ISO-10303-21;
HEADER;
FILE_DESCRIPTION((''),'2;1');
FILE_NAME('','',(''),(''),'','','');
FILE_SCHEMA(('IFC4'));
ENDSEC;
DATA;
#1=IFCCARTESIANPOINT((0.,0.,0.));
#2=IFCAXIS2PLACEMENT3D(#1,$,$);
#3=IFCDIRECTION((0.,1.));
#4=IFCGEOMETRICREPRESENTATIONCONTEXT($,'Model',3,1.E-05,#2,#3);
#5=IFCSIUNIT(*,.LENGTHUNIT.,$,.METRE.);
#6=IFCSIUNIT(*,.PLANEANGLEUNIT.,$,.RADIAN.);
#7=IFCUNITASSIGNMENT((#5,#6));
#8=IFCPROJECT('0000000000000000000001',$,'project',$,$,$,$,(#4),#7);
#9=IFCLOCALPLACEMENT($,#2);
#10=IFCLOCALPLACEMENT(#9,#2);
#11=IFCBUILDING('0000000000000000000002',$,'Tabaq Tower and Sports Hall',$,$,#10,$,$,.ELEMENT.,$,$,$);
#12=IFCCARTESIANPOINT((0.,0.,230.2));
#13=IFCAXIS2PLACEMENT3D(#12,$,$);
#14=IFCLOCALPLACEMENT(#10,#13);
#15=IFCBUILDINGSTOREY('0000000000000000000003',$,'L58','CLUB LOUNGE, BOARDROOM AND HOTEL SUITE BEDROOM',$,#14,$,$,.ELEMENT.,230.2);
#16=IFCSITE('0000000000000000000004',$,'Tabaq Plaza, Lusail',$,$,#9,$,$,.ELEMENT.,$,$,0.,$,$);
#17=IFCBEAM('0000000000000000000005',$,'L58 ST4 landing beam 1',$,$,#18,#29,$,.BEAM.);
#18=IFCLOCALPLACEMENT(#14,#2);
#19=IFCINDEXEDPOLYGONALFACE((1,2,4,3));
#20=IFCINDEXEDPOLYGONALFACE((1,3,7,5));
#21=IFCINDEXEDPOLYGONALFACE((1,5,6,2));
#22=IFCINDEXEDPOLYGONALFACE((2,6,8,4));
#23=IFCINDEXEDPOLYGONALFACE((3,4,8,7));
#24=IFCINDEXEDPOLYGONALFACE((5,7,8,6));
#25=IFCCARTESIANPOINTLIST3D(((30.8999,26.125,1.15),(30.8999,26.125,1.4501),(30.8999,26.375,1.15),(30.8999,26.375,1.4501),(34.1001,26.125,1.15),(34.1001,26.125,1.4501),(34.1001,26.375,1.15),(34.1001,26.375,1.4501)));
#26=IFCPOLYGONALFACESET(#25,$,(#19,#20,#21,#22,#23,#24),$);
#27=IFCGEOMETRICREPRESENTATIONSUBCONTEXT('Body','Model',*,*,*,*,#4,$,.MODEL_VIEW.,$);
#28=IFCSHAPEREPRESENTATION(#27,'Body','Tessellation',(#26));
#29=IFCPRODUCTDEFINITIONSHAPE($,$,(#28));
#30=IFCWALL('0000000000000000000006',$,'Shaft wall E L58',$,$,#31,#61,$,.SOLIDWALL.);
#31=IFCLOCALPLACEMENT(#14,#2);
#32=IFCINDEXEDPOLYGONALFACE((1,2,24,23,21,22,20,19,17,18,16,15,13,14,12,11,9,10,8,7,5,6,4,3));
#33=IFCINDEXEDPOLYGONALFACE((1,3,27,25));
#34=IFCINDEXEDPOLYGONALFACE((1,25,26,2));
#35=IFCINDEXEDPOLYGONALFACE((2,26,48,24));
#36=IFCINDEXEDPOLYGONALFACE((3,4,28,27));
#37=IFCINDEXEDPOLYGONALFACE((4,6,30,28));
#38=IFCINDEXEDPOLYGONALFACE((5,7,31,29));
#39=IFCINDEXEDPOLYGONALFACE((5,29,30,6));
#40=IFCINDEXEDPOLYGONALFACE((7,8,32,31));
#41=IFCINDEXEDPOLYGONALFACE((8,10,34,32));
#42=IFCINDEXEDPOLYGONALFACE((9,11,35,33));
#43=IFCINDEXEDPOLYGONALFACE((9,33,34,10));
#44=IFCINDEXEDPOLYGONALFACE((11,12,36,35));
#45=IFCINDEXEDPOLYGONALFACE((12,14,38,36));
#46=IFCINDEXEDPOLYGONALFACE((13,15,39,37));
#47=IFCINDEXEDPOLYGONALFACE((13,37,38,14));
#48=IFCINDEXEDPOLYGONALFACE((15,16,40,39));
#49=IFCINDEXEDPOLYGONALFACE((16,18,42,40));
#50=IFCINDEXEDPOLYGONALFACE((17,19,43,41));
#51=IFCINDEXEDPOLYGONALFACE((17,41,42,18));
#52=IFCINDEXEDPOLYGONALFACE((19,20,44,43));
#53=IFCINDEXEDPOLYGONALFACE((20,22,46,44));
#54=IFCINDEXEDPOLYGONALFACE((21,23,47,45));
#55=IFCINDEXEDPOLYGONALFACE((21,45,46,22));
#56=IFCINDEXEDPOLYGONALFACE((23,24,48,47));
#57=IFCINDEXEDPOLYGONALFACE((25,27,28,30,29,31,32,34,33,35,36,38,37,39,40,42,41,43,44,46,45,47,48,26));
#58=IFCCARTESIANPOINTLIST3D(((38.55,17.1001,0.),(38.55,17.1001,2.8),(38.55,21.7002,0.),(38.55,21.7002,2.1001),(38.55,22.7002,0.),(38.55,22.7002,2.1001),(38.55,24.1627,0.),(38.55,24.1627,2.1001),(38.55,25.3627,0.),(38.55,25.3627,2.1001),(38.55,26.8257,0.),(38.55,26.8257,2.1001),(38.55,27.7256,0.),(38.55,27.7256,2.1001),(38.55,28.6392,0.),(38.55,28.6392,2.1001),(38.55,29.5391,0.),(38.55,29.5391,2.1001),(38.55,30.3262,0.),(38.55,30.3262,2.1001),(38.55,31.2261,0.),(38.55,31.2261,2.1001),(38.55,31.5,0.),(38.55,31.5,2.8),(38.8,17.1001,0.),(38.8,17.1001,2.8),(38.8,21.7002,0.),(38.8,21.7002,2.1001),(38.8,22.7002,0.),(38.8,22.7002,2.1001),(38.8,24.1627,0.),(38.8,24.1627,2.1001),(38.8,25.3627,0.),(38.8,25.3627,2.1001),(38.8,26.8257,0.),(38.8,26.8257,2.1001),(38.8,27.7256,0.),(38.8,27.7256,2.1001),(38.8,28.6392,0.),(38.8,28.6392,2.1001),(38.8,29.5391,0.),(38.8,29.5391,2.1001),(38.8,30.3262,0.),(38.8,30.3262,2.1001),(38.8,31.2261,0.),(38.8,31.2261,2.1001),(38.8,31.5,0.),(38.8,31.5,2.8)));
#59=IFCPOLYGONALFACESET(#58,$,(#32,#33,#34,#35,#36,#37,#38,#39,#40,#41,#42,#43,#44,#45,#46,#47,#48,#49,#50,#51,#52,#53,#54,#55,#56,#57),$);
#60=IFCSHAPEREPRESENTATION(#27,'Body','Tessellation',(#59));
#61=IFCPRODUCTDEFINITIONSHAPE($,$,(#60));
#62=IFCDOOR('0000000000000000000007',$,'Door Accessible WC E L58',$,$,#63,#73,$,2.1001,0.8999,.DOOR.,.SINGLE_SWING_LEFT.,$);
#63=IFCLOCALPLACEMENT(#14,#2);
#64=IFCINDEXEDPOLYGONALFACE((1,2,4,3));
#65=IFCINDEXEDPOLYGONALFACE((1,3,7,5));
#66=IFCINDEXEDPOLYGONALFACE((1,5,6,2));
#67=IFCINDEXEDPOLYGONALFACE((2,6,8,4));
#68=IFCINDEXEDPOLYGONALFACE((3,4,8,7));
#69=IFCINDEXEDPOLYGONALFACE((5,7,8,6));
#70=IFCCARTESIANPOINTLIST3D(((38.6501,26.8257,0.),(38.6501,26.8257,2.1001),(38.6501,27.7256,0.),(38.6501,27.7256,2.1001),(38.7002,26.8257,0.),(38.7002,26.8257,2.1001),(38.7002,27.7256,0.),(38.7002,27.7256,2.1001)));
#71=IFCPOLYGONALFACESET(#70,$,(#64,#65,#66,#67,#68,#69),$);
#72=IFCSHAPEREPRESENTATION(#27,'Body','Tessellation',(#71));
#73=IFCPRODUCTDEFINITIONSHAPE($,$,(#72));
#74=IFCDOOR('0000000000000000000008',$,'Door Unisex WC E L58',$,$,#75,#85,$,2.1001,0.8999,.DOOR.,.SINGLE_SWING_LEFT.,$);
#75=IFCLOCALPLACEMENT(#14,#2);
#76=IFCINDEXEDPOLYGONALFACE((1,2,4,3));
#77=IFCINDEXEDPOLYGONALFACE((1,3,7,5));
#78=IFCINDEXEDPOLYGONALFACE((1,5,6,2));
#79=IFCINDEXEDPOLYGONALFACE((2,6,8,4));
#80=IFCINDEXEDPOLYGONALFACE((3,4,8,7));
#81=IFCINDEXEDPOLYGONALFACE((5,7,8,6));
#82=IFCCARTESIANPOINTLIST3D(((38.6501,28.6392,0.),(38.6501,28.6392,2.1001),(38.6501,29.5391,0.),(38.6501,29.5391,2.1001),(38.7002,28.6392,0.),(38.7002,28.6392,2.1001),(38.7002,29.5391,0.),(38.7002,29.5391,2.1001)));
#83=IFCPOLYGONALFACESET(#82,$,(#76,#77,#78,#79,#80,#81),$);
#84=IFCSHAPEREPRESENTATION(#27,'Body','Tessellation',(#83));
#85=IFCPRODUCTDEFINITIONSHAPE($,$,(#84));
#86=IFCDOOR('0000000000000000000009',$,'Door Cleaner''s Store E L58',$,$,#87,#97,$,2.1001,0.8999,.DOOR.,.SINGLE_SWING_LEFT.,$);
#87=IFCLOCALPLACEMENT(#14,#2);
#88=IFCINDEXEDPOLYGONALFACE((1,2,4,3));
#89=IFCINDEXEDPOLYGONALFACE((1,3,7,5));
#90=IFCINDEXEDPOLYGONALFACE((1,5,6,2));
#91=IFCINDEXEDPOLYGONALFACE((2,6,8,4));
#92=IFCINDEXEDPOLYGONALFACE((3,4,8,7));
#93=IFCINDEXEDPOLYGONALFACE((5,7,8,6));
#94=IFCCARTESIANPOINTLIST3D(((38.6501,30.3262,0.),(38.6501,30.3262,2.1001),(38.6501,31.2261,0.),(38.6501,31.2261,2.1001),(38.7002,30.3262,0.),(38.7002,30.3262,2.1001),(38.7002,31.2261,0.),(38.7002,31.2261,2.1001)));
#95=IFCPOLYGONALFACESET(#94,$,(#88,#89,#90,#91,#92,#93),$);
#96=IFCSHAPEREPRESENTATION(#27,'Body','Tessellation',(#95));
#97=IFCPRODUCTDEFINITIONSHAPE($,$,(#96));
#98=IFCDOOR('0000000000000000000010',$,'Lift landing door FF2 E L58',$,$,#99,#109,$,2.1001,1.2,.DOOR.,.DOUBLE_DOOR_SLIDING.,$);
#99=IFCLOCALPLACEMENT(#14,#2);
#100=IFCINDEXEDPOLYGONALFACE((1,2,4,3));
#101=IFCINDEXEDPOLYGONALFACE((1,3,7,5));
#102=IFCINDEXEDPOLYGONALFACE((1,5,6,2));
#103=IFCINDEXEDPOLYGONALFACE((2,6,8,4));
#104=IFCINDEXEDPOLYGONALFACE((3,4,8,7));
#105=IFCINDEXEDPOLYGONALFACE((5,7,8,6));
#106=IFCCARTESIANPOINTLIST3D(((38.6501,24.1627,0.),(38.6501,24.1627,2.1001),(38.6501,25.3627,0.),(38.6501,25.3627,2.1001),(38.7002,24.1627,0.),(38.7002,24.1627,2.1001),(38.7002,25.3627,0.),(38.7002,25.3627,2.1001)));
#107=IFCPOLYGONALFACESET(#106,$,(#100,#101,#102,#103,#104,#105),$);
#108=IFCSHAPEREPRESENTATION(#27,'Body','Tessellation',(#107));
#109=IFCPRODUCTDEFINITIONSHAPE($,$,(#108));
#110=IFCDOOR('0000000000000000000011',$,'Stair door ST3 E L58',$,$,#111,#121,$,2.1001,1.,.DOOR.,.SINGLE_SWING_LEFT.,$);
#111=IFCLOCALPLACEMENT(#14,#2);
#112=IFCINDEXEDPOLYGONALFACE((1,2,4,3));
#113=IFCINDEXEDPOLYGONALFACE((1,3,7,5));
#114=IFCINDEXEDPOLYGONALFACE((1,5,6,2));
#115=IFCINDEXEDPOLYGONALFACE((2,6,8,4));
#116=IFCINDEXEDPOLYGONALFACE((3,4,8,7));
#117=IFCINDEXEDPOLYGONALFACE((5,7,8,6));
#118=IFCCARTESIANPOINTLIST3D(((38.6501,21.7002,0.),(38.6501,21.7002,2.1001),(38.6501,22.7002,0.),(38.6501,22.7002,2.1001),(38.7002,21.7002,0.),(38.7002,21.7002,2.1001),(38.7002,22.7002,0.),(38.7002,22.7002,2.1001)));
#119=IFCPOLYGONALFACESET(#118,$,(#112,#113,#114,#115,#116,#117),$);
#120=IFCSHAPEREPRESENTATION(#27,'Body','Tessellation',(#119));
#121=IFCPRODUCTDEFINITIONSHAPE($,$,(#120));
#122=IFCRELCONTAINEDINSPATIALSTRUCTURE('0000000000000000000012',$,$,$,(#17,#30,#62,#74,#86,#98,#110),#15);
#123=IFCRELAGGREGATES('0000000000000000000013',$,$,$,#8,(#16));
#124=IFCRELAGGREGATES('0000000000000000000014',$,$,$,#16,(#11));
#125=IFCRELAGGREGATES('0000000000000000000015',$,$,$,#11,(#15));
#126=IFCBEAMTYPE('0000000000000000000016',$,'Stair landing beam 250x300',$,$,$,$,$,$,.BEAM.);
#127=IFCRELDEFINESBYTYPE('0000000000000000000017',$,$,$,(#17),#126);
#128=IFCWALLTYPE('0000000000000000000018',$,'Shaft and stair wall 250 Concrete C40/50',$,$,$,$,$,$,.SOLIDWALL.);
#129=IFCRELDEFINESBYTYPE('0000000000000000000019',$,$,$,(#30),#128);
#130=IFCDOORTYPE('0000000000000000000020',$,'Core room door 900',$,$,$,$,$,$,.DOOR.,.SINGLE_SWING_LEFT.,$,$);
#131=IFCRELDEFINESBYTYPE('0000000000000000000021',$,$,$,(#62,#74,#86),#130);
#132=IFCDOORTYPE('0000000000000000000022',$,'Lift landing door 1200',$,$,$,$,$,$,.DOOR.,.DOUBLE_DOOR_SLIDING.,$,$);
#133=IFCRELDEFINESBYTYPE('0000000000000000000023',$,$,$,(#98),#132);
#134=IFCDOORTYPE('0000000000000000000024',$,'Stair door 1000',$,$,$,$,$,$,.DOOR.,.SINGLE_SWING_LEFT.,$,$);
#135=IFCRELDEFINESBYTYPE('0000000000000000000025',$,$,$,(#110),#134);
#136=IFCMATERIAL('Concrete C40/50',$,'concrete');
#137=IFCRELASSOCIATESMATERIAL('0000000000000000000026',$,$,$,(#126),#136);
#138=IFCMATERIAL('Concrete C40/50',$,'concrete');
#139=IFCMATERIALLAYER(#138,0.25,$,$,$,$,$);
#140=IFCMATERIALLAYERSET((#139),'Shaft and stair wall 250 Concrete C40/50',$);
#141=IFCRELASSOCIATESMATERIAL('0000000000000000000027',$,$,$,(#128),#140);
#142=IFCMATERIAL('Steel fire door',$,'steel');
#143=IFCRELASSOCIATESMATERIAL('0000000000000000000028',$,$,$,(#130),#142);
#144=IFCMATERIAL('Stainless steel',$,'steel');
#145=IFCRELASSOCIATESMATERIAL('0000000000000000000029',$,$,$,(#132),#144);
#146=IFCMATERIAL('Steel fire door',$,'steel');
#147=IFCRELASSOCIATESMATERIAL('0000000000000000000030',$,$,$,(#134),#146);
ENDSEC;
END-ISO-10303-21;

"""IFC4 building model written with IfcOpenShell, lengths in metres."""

from ifc_helpers import new_model, si_unit, direction, frame, frame_2d, origin, origin_2d, place, context, subcontext, project, spatial, rectangle, extrude, material, layer, layer_set, material_profile, profile_set, type_object, element, fill, save


model = new_model("IFC4")

# Units and contexts
model_context = context("Model", 3, precision=1e-05, world=origin(), true_north=direction((0.0, 1.0)))
body_context = subcontext(model_context, "Body", "Model", "MODEL_VIEW")
ifc_project = project(units=[si_unit("LENGTHUNIT", "METRE"), si_unit("PLANEANGLEUNIT", "RADIAN")], contexts=[model_context])

# Site, building, storey
site_placement = place(None, origin())
site = spatial("IfcSite", under=ifc_project, at=site_placement, Name="Tabaq Plaza, Lusail", CompositionType="ELEMENT", RefElevation=0.0)
building_placement = place(site_placement, origin())
building = spatial("IfcBuilding", under=site, at=building_placement, Name="Tabaq Tower and Sports Hall", CompositionType="ELEMENT")
storey_placement = place(building_placement, frame((0.0, 0.0, 230.2)))
storey = spatial("IfcBuildingStorey", under=building, at=storey_placement, Name="L58", Description="CLUB LOUNGE, BOARDROOM AND HOTEL SUITE BEDROOM", CompositionType="ELEMENT", Elevation=230.2)

# Beam
ifc_material_1 = material(Name="Concrete C40/50", Category="concrete")
ifc_material_profile = material_profile(ifc_material_1, rectangle(XDim=0.25, YDim=0.3, at=origin_2d()), Name="RC 250x300")
ifc_profile_set = profile_set([ifc_material_profile], Name="Concrete C40/50")
beam_type = type_object("IfcBeamType", Name="Stair landing beam 250x300", PredefinedType="BEAM", material=ifc_profile_set)
beam_placement = place(storey_placement, frame((30.8999, 26.25, 1.3), z_axis=(1.0, 0.0, 0.0), x_axis=(0.0, 1.0, 0.0)))
element("IfcBeam", 1, at=beam_placement, inside=storey, type_object=beam_type, Name="L58 ST4 landing beam 1", PredefinedType="BEAM", context=body_context, shape_type="SweptSolid", body=[
    extrude(rectangle(XDim=0.25, YDim=0.3, at=origin_2d()), origin(), (0.0, 0.0, 1.0), 3.2002),
])

# Wall, openings, doors
ifc_material_2 = material(Name="Concrete C40/50", Category="concrete")
ifc_layer_1 = layer(ifc_material_2, 0.25)
ifc_layer_set_1 = layer_set([ifc_layer_1], Name="Shaft and stair wall 250 Concrete C40/50")
wall_type_1 = type_object("IfcWallType", Name="Shaft and stair wall 250 Concrete C40/50", PredefinedType="SOLIDWALL", material=ifc_layer_set_1)
wall_1_placement = place(storey_placement, frame((38.675, 17.1001, 0.0), z_axis=(0.0, 0.0, 1.0), x_axis=(0.0, 1.0, 0.0)))
wall_1 = element("IfcWall", 2, at=wall_1_placement, inside=storey, type_object=wall_type_1, Name="Shaft wall E L58", PredefinedType="SOLIDWALL", context=body_context, shape_type="SweptSolid", body=[
    extrude(rectangle(XDim=14.3999, YDim=0.25, at=frame_2d((7.2, 0.0))), origin(), (0.0, 0.0, 1.0), 2.8),
])
opening_1_placement = place(wall_1_placement, frame((4.6001, 0.0, 0.0)))
opening_1 = element("IfcOpeningElement", 3, at=opening_1_placement, cuts=wall_1, PredefinedType="OPENING", context=body_context, shape_type="SweptSolid", body=[
    extrude(rectangle(XDim=1.0, YDim=2.1001, at=frame_2d((0.5, 1.05))), frame((0.0, 0.125, 0.0), z_axis=(0.0, -1.0, 0.0), x_axis=(1.0, 0.0, 0.0)), (0.0, 0.0, 1.0), 0.25),
])
opening_2_placement = place(wall_1_placement, frame((7.0625, 0.0, 0.0)))
opening_2 = element("IfcOpeningElement", 4, at=opening_2_placement, cuts=wall_1, PredefinedType="OPENING", context=body_context, shape_type="SweptSolid", body=[
    extrude(rectangle(XDim=1.2, YDim=2.1001, at=frame_2d((0.6001, 1.05))), frame((0.0, 0.125, 0.0), z_axis=(0.0, -1.0, 0.0), x_axis=(1.0, 0.0, 0.0)), (0.0, 0.0, 1.0), 0.25),
])
opening_3_placement = place(wall_1_placement, frame((9.7256, 0.0, 0.0)))
opening_3 = element("IfcOpeningElement", 5, at=opening_3_placement, cuts=wall_1, PredefinedType="OPENING", context=body_context, shape_type="SweptSolid", body=[
    extrude(rectangle(XDim=0.8999, YDim=2.1001, at=frame_2d((0.45, 1.05))), frame((0.0, 0.125, 0.0), z_axis=(0.0, -1.0, 0.0), x_axis=(1.0, 0.0, 0.0)), (0.0, 0.0, 1.0), 0.25),
])
opening_4_placement = place(wall_1_placement, frame((11.5391, 0.0, 0.0)))
opening_4 = element("IfcOpeningElement", 6, at=opening_4_placement, cuts=wall_1, PredefinedType="OPENING", context=body_context, shape_type="SweptSolid", body=[
    extrude(rectangle(XDim=0.8999, YDim=2.1001, at=frame_2d((0.45, 1.05))), frame((0.0, 0.125, 0.0), z_axis=(0.0, -1.0, 0.0), x_axis=(1.0, 0.0, 0.0)), (0.0, 0.0, 1.0), 0.25),
])
opening_5_placement = place(wall_1_placement, frame((13.2261, 0.0, 0.0)))
opening_5 = element("IfcOpeningElement", 7, at=opening_5_placement, cuts=wall_1, PredefinedType="OPENING", context=body_context, shape_type="SweptSolid", body=[
    extrude(rectangle(XDim=0.8999, YDim=2.1001, at=frame_2d((0.45, 1.05))), frame((0.0, 0.125, 0.0), z_axis=(0.0, -1.0, 0.0), x_axis=(1.0, 0.0, 0.0)), (0.0, 0.0, 1.0), 0.25),
])
ifc_material_3 = material(Name="Steel fire door", Category="steel")
door_type_1 = type_object("IfcDoorType", Name="Core room door 900", OperationType="SINGLE_SWING_LEFT", PredefinedType="DOOR", material=ifc_material_3)
door_1_placement = place(opening_3_placement, origin())
door_1 = element("IfcDoor", 8, at=door_1_placement, inside=storey, type_object=door_type_1, Name="Door Accessible WC E L58", OperationType="SINGLE_SWING_LEFT", OverallHeight=2.1001, OverallWidth=0.8999, PredefinedType="DOOR", context=body_context, shape_type="SweptSolid", body=[
    extrude(rectangle(XDim=0.8999, YDim=2.1001, at=frame_2d((0.45, 1.05))), frame((0.0, 0.0249, 0.0), z_axis=(0.0, -1.0, 0.0), x_axis=(1.0, 0.0, 0.0)), (0.0, 0.0, 1.0), 0.05),
])
fill(opening_3, door_1)
door_2_placement = place(opening_4_placement, origin())
door_2 = element("IfcDoor", 9, at=door_2_placement, inside=storey, type_object=door_type_1, Name="Door Unisex WC E L58", OperationType="SINGLE_SWING_LEFT", OverallHeight=2.1001, OverallWidth=0.8999, PredefinedType="DOOR", context=body_context, shape_type="SweptSolid", body=[
    extrude(rectangle(XDim=0.8999, YDim=2.1001, at=frame_2d((0.45, 1.05))), frame((0.0, 0.0249, 0.0), z_axis=(0.0, -1.0, 0.0), x_axis=(1.0, 0.0, 0.0)), (0.0, 0.0, 1.0), 0.05),
])
fill(opening_4, door_2)
door_3_placement = place(opening_5_placement, origin())
door_3 = element("IfcDoor", 10, at=door_3_placement, inside=storey, type_object=door_type_1, Name="Door Cleaner's Store E L58", OperationType="SINGLE_SWING_LEFT", OverallHeight=2.1001, OverallWidth=0.8999, PredefinedType="DOOR", context=body_context, shape_type="SweptSolid", body=[
    extrude(rectangle(XDim=0.8999, YDim=2.1001, at=frame_2d((0.45, 1.05))), frame((0.0, 0.0249, 0.0), z_axis=(0.0, -1.0, 0.0), x_axis=(1.0, 0.0, 0.0)), (0.0, 0.0, 1.0), 0.05),
])
fill(opening_5, door_3)
ifc_material_4 = material(Name="Stainless steel", Category="steel")
door_type_2 = type_object("IfcDoorType", Name="Lift landing door 1200", OperationType="DOUBLE_DOOR_SLIDING", PredefinedType="DOOR", material=ifc_material_4)
door_4_placement = place(opening_2_placement, origin())
door_4 = element("IfcDoor", 11, at=door_4_placement, inside=storey, type_object=door_type_2, Name="Lift landing door FF2 E L58", OperationType="DOUBLE_DOOR_SLIDING", OverallHeight=2.1001, OverallWidth=1.2, PredefinedType="DOOR", context=body_context, shape_type="SweptSolid", body=[
    extrude(rectangle(XDim=1.2, YDim=2.1001, at=frame_2d((0.6001, 1.05))), frame((0.0, 0.0249, 0.0), z_axis=(0.0, -1.0, 0.0), x_axis=(1.0, 0.0, 0.0)), (0.0, 0.0, 1.0), 0.05),
])
fill(opening_2, door_4)
ifc_material_5 = material(Name="Steel fire door", Category="steel")
door_type_3 = type_object("IfcDoorType", Name="Stair door 1000", OperationType="SINGLE_SWING_LEFT", PredefinedType="DOOR", material=ifc_material_5)
door_5_placement = place(opening_1_placement, origin())
door_5 = element("IfcDoor", 12, at=door_5_placement, inside=storey, type_object=door_type_3, Name="Stair door ST3 E L58", OperationType="SINGLE_SWING_LEFT", OverallHeight=2.1001, OverallWidth=1.0, PredefinedType="DOOR", context=body_context, shape_type="SweptSolid", body=[
    extrude(rectangle(XDim=1.0, YDim=2.1001, at=frame_2d((0.5, 1.05))), frame((0.0, 0.0249, 0.0), z_axis=(0.0, -1.0, 0.0), x_axis=(1.0, 0.0, 0.0)), (0.0, 0.0, 1.0), 0.05),
])
fill(opening_1, door_5)

save(model, "model.ifc")
